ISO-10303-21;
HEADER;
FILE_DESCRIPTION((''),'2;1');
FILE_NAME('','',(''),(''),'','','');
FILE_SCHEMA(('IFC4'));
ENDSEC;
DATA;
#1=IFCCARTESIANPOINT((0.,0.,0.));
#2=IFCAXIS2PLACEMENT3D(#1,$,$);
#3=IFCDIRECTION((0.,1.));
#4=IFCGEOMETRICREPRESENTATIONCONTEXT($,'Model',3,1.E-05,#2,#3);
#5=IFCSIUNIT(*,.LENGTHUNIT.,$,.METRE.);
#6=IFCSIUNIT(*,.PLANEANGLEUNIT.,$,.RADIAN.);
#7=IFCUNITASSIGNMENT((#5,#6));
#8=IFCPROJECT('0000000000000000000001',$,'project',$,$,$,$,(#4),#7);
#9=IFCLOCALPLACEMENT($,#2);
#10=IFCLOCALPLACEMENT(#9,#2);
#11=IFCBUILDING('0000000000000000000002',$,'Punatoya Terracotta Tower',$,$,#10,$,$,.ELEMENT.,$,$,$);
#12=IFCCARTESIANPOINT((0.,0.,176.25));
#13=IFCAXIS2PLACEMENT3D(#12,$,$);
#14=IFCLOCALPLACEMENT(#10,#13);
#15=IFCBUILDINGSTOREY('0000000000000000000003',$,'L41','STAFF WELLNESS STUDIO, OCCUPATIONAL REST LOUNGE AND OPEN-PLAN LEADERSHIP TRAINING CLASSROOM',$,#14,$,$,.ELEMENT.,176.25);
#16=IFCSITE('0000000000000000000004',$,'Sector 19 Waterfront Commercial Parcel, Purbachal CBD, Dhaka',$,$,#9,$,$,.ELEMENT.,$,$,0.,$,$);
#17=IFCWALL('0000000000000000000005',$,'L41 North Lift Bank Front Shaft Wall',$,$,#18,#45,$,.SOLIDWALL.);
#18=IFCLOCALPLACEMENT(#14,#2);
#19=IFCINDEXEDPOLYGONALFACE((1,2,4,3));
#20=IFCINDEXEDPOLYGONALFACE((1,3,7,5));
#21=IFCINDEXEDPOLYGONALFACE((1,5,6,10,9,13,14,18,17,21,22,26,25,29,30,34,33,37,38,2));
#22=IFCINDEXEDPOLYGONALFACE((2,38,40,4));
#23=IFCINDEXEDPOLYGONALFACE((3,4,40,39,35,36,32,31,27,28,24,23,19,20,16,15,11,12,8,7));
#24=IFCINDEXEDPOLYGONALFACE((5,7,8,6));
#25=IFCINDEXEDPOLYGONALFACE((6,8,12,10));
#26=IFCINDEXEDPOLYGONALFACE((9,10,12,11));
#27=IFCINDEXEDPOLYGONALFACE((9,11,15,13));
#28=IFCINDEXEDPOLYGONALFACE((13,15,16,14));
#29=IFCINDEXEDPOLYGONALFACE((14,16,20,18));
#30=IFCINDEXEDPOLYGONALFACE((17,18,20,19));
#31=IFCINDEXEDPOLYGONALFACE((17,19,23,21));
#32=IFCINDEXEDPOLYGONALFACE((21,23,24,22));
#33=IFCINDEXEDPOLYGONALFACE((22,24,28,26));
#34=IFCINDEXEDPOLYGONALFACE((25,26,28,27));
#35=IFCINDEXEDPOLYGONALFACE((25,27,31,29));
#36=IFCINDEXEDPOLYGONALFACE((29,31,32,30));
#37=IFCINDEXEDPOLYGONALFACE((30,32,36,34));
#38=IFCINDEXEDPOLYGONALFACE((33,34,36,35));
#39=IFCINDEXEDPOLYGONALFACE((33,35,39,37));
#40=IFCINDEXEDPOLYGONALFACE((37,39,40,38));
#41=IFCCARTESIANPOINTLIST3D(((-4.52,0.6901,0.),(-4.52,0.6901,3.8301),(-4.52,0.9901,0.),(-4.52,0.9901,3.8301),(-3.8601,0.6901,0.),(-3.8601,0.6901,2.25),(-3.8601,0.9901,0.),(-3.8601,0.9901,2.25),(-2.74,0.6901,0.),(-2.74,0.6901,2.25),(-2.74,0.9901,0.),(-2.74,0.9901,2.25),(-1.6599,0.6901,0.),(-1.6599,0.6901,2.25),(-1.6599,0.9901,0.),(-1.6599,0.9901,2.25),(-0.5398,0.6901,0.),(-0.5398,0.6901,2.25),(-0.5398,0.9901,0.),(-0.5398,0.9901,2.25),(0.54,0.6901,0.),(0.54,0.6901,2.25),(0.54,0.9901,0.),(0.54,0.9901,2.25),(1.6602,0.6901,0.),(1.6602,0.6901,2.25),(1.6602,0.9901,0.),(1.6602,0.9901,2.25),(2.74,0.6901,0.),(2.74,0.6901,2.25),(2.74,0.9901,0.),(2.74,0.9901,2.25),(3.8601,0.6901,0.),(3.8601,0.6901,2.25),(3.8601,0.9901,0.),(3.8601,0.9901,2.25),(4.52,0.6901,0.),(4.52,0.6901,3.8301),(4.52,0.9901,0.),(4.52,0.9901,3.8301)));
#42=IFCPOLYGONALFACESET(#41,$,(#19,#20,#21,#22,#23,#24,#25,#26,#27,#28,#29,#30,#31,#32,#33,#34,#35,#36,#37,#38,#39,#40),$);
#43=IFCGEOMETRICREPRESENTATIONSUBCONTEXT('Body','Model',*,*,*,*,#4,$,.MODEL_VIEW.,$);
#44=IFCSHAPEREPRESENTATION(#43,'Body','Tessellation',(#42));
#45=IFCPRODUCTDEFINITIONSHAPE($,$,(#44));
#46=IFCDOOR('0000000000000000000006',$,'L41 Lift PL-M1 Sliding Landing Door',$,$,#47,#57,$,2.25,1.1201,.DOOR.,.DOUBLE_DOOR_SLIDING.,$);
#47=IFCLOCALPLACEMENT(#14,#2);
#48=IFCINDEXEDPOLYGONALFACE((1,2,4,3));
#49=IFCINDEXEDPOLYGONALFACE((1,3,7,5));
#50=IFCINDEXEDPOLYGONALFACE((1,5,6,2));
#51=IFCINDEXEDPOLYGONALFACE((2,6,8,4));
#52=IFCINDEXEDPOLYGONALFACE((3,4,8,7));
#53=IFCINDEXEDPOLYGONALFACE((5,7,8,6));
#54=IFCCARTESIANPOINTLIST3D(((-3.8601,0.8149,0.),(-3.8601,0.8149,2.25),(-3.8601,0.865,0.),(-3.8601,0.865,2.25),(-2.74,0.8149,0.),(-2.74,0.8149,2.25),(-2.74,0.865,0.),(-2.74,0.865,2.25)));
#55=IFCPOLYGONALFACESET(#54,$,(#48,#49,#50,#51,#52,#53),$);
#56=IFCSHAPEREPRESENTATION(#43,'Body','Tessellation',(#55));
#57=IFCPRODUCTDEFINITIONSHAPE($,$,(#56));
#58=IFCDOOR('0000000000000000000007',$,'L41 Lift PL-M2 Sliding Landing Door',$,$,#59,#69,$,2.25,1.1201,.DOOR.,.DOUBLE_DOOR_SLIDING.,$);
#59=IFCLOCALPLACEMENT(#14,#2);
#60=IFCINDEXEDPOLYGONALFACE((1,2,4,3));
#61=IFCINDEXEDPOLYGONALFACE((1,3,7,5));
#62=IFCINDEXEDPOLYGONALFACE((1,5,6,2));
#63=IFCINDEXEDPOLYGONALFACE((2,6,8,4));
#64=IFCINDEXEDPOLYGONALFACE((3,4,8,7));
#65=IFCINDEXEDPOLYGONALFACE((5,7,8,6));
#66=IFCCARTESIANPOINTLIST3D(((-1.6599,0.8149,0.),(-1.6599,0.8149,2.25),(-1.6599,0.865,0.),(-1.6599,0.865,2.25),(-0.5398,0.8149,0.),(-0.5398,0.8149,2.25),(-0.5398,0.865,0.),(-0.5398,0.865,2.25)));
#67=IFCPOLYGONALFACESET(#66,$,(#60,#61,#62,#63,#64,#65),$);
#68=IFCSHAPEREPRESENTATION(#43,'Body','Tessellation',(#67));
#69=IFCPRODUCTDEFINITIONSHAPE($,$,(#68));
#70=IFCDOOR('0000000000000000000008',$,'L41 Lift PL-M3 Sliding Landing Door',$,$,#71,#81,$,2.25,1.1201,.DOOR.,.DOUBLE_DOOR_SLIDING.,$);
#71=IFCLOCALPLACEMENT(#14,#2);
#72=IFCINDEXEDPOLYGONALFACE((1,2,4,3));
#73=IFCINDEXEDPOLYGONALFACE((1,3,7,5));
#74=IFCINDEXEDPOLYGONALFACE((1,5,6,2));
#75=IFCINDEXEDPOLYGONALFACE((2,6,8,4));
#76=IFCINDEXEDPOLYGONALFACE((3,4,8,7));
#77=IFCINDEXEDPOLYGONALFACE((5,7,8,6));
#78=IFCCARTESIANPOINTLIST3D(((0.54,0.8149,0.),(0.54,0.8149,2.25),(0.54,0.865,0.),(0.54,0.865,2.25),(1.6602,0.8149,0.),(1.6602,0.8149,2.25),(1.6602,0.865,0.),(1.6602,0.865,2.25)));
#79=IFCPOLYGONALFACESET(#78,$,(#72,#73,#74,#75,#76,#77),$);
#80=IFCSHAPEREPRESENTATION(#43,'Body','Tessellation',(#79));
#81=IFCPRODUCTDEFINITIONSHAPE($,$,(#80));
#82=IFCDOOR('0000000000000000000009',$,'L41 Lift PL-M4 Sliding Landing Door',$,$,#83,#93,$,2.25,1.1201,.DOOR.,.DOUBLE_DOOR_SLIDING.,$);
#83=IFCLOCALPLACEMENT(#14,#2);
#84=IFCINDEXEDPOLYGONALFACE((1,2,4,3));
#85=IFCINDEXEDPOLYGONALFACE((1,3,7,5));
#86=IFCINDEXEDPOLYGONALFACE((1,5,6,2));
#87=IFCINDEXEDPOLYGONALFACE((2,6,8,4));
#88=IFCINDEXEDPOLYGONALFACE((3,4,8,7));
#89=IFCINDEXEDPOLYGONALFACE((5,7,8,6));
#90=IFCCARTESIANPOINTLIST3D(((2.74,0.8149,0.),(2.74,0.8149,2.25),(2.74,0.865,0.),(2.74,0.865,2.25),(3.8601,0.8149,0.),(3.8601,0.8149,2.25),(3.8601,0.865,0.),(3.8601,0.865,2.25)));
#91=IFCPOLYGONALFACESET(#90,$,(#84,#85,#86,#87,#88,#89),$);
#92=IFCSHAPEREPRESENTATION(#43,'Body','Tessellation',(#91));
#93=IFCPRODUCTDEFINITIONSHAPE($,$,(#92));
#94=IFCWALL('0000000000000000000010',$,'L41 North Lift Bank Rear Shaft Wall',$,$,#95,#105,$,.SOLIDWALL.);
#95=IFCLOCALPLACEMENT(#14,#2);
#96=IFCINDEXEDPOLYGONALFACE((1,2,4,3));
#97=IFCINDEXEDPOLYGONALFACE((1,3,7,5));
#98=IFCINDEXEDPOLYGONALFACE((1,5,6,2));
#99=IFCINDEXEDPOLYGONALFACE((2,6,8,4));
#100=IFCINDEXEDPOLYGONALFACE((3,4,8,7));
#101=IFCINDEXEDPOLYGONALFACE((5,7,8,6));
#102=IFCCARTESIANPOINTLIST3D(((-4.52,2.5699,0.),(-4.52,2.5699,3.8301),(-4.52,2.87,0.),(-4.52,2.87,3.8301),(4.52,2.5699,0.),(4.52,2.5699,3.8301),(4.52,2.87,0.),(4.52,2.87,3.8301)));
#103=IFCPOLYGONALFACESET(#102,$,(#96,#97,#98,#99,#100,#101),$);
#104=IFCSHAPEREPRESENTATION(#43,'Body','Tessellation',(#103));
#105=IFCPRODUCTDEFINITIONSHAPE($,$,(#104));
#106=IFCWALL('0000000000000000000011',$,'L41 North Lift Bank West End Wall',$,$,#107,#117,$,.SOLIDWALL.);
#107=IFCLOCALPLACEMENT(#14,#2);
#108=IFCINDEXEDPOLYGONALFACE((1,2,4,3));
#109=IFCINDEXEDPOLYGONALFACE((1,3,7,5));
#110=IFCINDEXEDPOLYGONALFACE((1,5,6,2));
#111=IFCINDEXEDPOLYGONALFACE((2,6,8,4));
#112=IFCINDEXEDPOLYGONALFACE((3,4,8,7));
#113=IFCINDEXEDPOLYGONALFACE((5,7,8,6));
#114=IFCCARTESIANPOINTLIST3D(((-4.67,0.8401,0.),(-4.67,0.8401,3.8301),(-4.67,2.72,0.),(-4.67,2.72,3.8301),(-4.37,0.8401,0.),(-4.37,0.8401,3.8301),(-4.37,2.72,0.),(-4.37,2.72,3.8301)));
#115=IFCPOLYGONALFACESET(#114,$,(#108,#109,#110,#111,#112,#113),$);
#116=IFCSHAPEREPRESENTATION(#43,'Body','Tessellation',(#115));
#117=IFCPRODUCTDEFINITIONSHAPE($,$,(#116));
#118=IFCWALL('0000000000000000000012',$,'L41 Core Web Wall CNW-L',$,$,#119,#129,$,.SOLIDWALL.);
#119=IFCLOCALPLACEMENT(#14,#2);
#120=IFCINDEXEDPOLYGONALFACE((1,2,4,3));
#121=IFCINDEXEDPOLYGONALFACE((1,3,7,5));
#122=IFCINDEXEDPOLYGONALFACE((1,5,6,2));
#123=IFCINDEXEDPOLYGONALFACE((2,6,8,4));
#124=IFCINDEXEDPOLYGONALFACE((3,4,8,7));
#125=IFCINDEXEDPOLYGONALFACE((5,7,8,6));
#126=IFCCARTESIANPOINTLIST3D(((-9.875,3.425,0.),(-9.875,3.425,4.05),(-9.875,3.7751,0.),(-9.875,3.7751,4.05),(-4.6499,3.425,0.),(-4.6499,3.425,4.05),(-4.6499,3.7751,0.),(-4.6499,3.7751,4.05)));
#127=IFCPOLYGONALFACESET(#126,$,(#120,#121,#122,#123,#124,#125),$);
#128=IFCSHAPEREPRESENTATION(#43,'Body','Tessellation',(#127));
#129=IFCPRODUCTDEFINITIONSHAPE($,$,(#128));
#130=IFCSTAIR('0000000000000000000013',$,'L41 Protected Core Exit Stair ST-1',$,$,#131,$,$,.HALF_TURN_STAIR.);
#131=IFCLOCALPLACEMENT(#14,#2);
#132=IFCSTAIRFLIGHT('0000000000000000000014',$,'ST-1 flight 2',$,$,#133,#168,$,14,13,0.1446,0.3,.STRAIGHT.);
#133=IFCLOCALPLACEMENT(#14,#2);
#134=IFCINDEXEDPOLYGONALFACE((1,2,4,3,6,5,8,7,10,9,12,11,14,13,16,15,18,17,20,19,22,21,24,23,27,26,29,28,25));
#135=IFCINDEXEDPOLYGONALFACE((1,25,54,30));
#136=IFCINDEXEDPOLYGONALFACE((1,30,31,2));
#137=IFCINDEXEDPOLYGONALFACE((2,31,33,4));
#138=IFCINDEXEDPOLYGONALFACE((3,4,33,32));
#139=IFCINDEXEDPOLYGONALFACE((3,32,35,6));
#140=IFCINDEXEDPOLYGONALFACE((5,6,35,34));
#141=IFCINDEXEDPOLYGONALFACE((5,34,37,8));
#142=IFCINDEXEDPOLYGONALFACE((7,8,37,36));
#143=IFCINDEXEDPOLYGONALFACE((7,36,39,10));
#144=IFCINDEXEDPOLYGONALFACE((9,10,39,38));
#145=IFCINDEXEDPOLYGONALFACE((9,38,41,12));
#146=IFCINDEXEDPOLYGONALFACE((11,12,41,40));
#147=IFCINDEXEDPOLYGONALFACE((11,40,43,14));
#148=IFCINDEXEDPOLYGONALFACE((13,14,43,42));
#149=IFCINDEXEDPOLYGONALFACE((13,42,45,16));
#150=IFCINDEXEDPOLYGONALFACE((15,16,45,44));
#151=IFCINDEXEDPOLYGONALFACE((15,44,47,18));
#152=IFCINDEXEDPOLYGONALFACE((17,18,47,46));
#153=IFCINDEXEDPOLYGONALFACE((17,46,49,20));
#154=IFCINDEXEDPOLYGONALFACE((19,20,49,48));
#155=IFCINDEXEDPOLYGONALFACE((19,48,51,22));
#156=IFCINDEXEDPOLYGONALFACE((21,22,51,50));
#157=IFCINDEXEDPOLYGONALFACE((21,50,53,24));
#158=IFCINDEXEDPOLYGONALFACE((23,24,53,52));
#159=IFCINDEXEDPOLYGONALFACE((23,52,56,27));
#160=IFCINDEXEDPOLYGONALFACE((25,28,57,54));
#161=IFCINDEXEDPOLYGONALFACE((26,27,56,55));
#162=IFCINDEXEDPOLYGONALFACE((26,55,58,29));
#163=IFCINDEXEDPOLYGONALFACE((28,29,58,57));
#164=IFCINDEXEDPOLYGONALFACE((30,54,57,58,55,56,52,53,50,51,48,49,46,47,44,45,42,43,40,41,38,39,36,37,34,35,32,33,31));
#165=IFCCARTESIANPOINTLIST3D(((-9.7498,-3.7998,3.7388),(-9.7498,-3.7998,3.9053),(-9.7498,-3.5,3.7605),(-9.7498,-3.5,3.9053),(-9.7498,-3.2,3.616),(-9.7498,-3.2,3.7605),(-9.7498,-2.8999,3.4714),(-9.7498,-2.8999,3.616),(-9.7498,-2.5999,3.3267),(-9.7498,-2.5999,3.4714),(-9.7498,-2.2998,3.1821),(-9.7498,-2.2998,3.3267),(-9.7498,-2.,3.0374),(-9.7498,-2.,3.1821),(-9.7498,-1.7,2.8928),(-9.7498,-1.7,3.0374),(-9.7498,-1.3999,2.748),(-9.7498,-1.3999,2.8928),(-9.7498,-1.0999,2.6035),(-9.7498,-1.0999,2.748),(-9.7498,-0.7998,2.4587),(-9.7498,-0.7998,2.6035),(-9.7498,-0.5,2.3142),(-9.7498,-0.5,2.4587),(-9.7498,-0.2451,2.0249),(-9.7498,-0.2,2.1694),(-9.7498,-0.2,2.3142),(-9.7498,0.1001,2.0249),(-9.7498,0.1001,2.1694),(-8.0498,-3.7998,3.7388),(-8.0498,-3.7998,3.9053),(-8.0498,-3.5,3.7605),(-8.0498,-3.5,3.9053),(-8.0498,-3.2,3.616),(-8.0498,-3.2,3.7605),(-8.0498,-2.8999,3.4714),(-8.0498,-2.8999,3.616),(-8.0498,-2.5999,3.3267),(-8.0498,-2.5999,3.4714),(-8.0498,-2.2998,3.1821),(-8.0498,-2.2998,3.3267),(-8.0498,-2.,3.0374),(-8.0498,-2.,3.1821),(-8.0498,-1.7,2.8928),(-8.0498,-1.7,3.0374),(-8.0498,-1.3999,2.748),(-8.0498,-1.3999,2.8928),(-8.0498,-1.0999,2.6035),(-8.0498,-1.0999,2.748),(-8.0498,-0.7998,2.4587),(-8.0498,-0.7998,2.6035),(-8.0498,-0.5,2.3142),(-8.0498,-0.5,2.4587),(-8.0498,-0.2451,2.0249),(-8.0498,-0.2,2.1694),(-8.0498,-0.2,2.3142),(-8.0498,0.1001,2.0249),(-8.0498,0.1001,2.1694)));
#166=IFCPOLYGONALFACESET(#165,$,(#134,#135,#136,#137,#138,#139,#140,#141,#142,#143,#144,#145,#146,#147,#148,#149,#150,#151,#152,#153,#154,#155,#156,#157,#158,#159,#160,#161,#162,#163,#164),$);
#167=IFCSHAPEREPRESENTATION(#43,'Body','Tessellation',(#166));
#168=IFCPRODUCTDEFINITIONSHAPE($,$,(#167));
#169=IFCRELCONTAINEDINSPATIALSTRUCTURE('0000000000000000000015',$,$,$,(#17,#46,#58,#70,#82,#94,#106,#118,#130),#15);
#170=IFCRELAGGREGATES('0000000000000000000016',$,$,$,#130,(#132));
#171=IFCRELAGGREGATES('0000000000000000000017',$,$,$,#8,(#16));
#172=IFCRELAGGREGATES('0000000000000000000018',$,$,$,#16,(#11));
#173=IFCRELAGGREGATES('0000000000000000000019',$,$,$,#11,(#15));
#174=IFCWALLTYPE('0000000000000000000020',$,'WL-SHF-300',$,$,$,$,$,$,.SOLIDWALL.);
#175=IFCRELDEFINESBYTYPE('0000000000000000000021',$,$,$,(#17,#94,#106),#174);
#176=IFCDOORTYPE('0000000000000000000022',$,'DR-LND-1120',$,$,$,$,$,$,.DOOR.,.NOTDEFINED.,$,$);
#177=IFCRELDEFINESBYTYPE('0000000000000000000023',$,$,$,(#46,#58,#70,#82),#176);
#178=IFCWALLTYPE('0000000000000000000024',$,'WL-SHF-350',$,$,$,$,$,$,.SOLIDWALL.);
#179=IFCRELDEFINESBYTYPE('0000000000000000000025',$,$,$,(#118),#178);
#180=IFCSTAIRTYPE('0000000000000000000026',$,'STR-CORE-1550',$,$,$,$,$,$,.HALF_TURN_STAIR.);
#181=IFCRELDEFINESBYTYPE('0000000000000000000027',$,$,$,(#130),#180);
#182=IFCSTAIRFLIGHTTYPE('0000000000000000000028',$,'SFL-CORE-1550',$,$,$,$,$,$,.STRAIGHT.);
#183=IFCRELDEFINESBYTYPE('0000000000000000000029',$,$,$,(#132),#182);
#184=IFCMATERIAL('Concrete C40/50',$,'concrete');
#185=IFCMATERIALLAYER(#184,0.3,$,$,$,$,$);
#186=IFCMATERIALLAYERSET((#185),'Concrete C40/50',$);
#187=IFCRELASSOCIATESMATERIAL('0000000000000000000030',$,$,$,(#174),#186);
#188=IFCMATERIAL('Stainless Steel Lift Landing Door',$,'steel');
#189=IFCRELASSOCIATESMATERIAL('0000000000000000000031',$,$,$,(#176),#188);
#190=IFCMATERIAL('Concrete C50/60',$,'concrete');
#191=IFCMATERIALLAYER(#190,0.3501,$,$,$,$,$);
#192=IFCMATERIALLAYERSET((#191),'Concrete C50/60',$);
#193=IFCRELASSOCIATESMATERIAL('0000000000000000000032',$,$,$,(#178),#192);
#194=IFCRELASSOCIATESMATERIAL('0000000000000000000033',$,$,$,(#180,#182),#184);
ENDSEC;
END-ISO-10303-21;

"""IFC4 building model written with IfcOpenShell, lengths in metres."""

from ifc_helpers import new_model, si_unit, direction, frame, frame_2d, origin, place, context, subcontext, project, spatial, polyline, rectangle, outline, extrude, material, layer, layer_set, type_object, element, fill, aggregate, save


model = new_model("IFC4")

# Units and contexts
model_context = context("Model", 3, precision=1e-05, world=origin(), true_north=direction((0.0, 1.0)))
body_context = subcontext(model_context, "Body", "Model", "MODEL_VIEW")
ifc_project = project(units=[si_unit("LENGTHUNIT", "METRE"), si_unit("PLANEANGLEUNIT", "RADIAN")], contexts=[model_context])

# Site, building, storey
site_placement = place(None, origin())
site = spatial("IfcSite", under=ifc_project, at=site_placement, Name="Sector 19 Waterfront Commercial Parcel, Purbachal CBD, Dhaka", CompositionType="ELEMENT", RefElevation=0.0)
building_placement = place(site_placement, origin())
building = spatial("IfcBuilding", under=site, at=building_placement, Name="Punatoya Terracotta Tower", CompositionType="ELEMENT")
storey_placement = place(building_placement, frame((0.0, 0.0, 176.25)))
storey = spatial("IfcBuildingStorey", under=building, at=storey_placement, Name="L41", Description="STAFF WELLNESS STUDIO, OCCUPATIONAL REST LOUNGE AND OPEN-PLAN LEADERSHIP TRAINING CLASSROOM", CompositionType="ELEMENT", Elevation=176.25)

# Wall, openings, doors
ifc_material_1 = material(Name="Concrete C40/50", Category="concrete")
ifc_layer_1 = layer(ifc_material_1, 0.3)
ifc_layer_set_1 = layer_set([ifc_layer_1], Name="Concrete C40/50")
wall_type_1 = type_object("IfcWallType", Name="WL-SHF-300", PredefinedType="SOLIDWALL", material=ifc_layer_set_1)
wall_1_placement = place(storey_placement, frame((-4.52, 0.8401, 0.0), z_axis=(0.0, 0.0, 1.0), x_axis=(1.0, 0.0, 0.0)))
wall_1 = element("IfcWall", 1, at=wall_1_placement, inside=storey, type_object=wall_type_1, Name="L41 North Lift Bank Front Shaft Wall", PredefinedType="SOLIDWALL", context=body_context, shape_type="SweptSolid", body=[
    extrude(rectangle(XDim=9.04, YDim=0.3, at=frame_2d((4.52, 0.0))), origin(), (0.0, 0.0, 1.0), 3.8301),
])
opening_1_placement = place(wall_1_placement, frame((0.6599, 0.0, 0.0)))
opening_1 = element("IfcOpeningElement", 2, at=opening_1_placement, cuts=wall_1, PredefinedType="OPENING", context=body_context, shape_type="SweptSolid", body=[
    extrude(rectangle(XDim=1.1201, YDim=2.25, at=frame_2d((0.5601, 1.125))), frame((0.0, 0.1599, 0.0), z_axis=(0.0, -1.0, 0.0), x_axis=(1.0, 0.0, 0.0)), (0.0, 0.0, 1.0), 0.3201),
])
opening_2_placement = place(wall_1_placement, frame((2.8601, 0.0, 0.0)))
opening_2 = element("IfcOpeningElement", 3, at=opening_2_placement, cuts=wall_1, PredefinedType="OPENING", context=body_context, shape_type="SweptSolid", body=[
    extrude(rectangle(XDim=1.1201, YDim=2.25, at=frame_2d((0.5601, 1.125))), frame((0.0, 0.1599, 0.0), z_axis=(0.0, -1.0, 0.0), x_axis=(1.0, 0.0, 0.0)), (0.0, 0.0, 1.0), 0.3201),
])
opening_3_placement = place(wall_1_placement, frame((5.0601, 0.0, 0.0)))
opening_3 = element("IfcOpeningElement", 4, at=opening_3_placement, cuts=wall_1, PredefinedType="OPENING", context=body_context, shape_type="SweptSolid", body=[
    extrude(rectangle(XDim=1.1201, YDim=2.25, at=frame_2d((0.5601, 1.125))), frame((0.0, 0.1599, 0.0), z_axis=(0.0, -1.0, 0.0), x_axis=(1.0, 0.0, 0.0)), (0.0, 0.0, 1.0), 0.3201),
])
opening_4_placement = place(wall_1_placement, frame((7.26, 0.0, 0.0)))
opening_4 = element("IfcOpeningElement", 5, at=opening_4_placement, cuts=wall_1, PredefinedType="OPENING", context=body_context, shape_type="SweptSolid", body=[
    extrude(rectangle(XDim=1.1201, YDim=2.25, at=frame_2d((0.5601, 1.125))), frame((0.0, 0.1599, 0.0), z_axis=(0.0, -1.0, 0.0), x_axis=(1.0, 0.0, 0.0)), (0.0, 0.0, 1.0), 0.3201),
])
ifc_material_2 = material(Name="Stainless Steel Lift Landing Door", Category="steel")
door_type_1 = type_object("IfcDoorType", Name="DR-LND-1120", OperationType="NOTDEFINED", PredefinedType="DOOR", material=ifc_material_2)
door_1_placement = place(opening_1_placement, origin())
door_1 = element("IfcDoor", 6, at=door_1_placement, inside=storey, type_object=door_type_1, Name="L41 Lift PL-M1 Sliding Landing Door", OperationType="DOUBLE_DOOR_SLIDING", OverallHeight=2.25, OverallWidth=1.1201, PredefinedType="DOOR", context=body_context, shape_type="SweptSolid", body=[
    extrude(rectangle(XDim=1.1201, YDim=2.25, at=frame_2d((0.5601, 1.125))), frame((0.0, 0.0249, 0.0), z_axis=(0.0, -1.0, 0.0), x_axis=(1.0, 0.0, 0.0)), (0.0, 0.0, 1.0), 0.05),
])
fill(opening_1, door_1)
door_2_placement = place(opening_2_placement, origin())
door_2 = element("IfcDoor", 7, at=door_2_placement, inside=storey, type_object=door_type_1, Name="L41 Lift PL-M2 Sliding Landing Door", OperationType="DOUBLE_DOOR_SLIDING", OverallHeight=2.25, OverallWidth=1.1201, PredefinedType="DOOR", context=body_context, shape_type="SweptSolid", body=[
    extrude(rectangle(XDim=1.1201, YDim=2.25, at=frame_2d((0.5601, 1.125))), frame((0.0, 0.0249, 0.0), z_axis=(0.0, -1.0, 0.0), x_axis=(1.0, 0.0, 0.0)), (0.0, 0.0, 1.0), 0.05),
])
fill(opening_2, door_2)
door_3_placement = place(opening_3_placement, origin())
door_3 = element("IfcDoor", 8, at=door_3_placement, inside=storey, type_object=door_type_1, Name="L41 Lift PL-M3 Sliding Landing Door", OperationType="DOUBLE_DOOR_SLIDING", OverallHeight=2.25, OverallWidth=1.1201, PredefinedType="DOOR", context=body_context, shape_type="SweptSolid", body=[
    extrude(rectangle(XDim=1.1201, YDim=2.25, at=frame_2d((0.5601, 1.125))), frame((0.0, 0.0249, 0.0), z_axis=(0.0, -1.0, 0.0), x_axis=(1.0, 0.0, 0.0)), (0.0, 0.0, 1.0), 0.05),
])
fill(opening_3, door_3)
door_4_placement = place(opening_4_placement, origin())
door_4 = element("IfcDoor", 9, at=door_4_placement, inside=storey, type_object=door_type_1, Name="L41 Lift PL-M4 Sliding Landing Door", OperationType="DOUBLE_DOOR_SLIDING", OverallHeight=2.25, OverallWidth=1.1201, PredefinedType="DOOR", context=body_context, shape_type="SweptSolid", body=[
    extrude(rectangle(XDim=1.1201, YDim=2.25, at=frame_2d((0.5601, 1.125))), frame((0.0, 0.0249, 0.0), z_axis=(0.0, -1.0, 0.0), x_axis=(1.0, 0.0, 0.0)), (0.0, 0.0, 1.0), 0.05),
])
fill(opening_4, door_4)

# Walls
wall_2_placement = place(storey_placement, frame((-4.52, 2.72, 0.0), z_axis=(0.0, 0.0, 1.0), x_axis=(1.0, 0.0, 0.0)))
element("IfcWall", 10, at=wall_2_placement, inside=storey, type_object=wall_type_1, Name="L41 North Lift Bank Rear Shaft Wall", PredefinedType="SOLIDWALL", context=body_context, shape_type="SweptSolid", body=[
    extrude(rectangle(XDim=9.04, YDim=0.3, at=frame_2d((4.52, 0.0))), origin(), (0.0, 0.0, 1.0), 3.8301),
])
wall_3_placement = place(storey_placement, frame((-4.52, 0.8401, 0.0), z_axis=(0.0, 0.0, 1.0), x_axis=(0.0, 1.0, 0.0)))
element("IfcWall", 11, at=wall_3_placement, inside=storey, type_object=wall_type_1, Name="L41 North Lift Bank West End Wall", PredefinedType="SOLIDWALL", context=body_context, shape_type="SweptSolid", body=[
    extrude(rectangle(XDim=1.8799, YDim=0.3, at=frame_2d((0.9399, 0.0))), origin(), (0.0, 0.0, 1.0), 3.8301),
])
ifc_material_3 = material(Name="Concrete C50/60", Category="concrete")
ifc_layer_2 = layer(ifc_material_3, 0.3501)
ifc_layer_set_2 = layer_set([ifc_layer_2], Name="Concrete C50/60")
wall_type_2 = type_object("IfcWallType", Name="WL-SHF-350", PredefinedType="SOLIDWALL", material=ifc_layer_set_2)
wall_4_placement = place(storey_placement, frame((-9.875, 3.6001, 0.0), z_axis=(0.0, 0.0, 1.0), x_axis=(1.0, 0.0, 0.0)))
element("IfcWall", 12, at=wall_4_placement, inside=storey, type_object=wall_type_2, Name="L41 Core Web Wall CNW-L", PredefinedType="SOLIDWALL", context=body_context, shape_type="SweptSolid", body=[
    extrude(rectangle(XDim=5.2251, YDim=0.3501, at=frame_2d((2.6125, 0.0))), origin(), (0.0, 0.0, 1.0), 4.05),
])

# Stair, stair flight
stair_type = type_object("IfcStairType", Name="STR-CORE-1550", PredefinedType="HALF_TURN_STAIR", material=ifc_material_1)
stair_placement = place(storey_placement, origin())
stair = element("IfcStair", 13, at=stair_placement, inside=storey, type_object=stair_type, Name="L41 Protected Core Exit Stair ST-1", PredefinedType="HALF_TURN_STAIR")
stair_flight_type = type_object("IfcStairFlightType", Name="SFL-CORE-1550", PredefinedType="STRAIGHT", material=ifc_material_1)
stair_flight_placement = place(storey_placement, frame((-8.8999, 0.1001, 2.0249), z_axis=(0.0, 0.0, 1.0), x_axis=(0.0, -1.0, 0.0)))
stair_flight = element("IfcStairFlight", 14, at=stair_flight_placement, type_object=stair_flight_type, Name="ST-1 flight 2", NumberOfRisers=14, NumberOfTreads=13, PredefinedType="STRAIGHT", RiserHeight=0.1446, TreadLength=0.3, context=body_context, shape_type="SweptSolid", body=[
    extrude(outline(polyline([(0.0, 0.0), (0.0, 0.1445), (0.3, 0.1445), (0.3, 0.2893), (0.6001, 0.2893), (0.6001, 0.4338), (0.8999, 0.4338), (0.8999, 0.5786), (1.2, 0.5786), (1.2, 0.7231), (1.5, 0.7231), (1.5, 0.8679), (1.8, 0.8679), (1.8, 1.0125), (2.1001, 1.0125), (2.1001, 1.1572), (2.3999, 1.1572), (2.3999, 1.3018), (2.7, 1.3018), (2.7, 1.4465), (3.0, 1.4465), (3.0, 1.5911), (3.3, 1.5911), (3.3, 1.7356), (3.6001, 1.7356), (3.6001, 1.8804), (3.8999, 1.8804), (3.8999, 2.0249), (3.8999, 1.7139), (0.3452, 0.0), (0.0, 0.0)])), frame((0.0, 0.8501, 0.0), z_axis=(0.0, -1.0, 0.0), x_axis=(1.0, 0.0, 0.0)), (0.0, 0.0, 1.0), 1.7),
])
aggregate(stair, [stair_flight])

save(model, "model.ifc")
